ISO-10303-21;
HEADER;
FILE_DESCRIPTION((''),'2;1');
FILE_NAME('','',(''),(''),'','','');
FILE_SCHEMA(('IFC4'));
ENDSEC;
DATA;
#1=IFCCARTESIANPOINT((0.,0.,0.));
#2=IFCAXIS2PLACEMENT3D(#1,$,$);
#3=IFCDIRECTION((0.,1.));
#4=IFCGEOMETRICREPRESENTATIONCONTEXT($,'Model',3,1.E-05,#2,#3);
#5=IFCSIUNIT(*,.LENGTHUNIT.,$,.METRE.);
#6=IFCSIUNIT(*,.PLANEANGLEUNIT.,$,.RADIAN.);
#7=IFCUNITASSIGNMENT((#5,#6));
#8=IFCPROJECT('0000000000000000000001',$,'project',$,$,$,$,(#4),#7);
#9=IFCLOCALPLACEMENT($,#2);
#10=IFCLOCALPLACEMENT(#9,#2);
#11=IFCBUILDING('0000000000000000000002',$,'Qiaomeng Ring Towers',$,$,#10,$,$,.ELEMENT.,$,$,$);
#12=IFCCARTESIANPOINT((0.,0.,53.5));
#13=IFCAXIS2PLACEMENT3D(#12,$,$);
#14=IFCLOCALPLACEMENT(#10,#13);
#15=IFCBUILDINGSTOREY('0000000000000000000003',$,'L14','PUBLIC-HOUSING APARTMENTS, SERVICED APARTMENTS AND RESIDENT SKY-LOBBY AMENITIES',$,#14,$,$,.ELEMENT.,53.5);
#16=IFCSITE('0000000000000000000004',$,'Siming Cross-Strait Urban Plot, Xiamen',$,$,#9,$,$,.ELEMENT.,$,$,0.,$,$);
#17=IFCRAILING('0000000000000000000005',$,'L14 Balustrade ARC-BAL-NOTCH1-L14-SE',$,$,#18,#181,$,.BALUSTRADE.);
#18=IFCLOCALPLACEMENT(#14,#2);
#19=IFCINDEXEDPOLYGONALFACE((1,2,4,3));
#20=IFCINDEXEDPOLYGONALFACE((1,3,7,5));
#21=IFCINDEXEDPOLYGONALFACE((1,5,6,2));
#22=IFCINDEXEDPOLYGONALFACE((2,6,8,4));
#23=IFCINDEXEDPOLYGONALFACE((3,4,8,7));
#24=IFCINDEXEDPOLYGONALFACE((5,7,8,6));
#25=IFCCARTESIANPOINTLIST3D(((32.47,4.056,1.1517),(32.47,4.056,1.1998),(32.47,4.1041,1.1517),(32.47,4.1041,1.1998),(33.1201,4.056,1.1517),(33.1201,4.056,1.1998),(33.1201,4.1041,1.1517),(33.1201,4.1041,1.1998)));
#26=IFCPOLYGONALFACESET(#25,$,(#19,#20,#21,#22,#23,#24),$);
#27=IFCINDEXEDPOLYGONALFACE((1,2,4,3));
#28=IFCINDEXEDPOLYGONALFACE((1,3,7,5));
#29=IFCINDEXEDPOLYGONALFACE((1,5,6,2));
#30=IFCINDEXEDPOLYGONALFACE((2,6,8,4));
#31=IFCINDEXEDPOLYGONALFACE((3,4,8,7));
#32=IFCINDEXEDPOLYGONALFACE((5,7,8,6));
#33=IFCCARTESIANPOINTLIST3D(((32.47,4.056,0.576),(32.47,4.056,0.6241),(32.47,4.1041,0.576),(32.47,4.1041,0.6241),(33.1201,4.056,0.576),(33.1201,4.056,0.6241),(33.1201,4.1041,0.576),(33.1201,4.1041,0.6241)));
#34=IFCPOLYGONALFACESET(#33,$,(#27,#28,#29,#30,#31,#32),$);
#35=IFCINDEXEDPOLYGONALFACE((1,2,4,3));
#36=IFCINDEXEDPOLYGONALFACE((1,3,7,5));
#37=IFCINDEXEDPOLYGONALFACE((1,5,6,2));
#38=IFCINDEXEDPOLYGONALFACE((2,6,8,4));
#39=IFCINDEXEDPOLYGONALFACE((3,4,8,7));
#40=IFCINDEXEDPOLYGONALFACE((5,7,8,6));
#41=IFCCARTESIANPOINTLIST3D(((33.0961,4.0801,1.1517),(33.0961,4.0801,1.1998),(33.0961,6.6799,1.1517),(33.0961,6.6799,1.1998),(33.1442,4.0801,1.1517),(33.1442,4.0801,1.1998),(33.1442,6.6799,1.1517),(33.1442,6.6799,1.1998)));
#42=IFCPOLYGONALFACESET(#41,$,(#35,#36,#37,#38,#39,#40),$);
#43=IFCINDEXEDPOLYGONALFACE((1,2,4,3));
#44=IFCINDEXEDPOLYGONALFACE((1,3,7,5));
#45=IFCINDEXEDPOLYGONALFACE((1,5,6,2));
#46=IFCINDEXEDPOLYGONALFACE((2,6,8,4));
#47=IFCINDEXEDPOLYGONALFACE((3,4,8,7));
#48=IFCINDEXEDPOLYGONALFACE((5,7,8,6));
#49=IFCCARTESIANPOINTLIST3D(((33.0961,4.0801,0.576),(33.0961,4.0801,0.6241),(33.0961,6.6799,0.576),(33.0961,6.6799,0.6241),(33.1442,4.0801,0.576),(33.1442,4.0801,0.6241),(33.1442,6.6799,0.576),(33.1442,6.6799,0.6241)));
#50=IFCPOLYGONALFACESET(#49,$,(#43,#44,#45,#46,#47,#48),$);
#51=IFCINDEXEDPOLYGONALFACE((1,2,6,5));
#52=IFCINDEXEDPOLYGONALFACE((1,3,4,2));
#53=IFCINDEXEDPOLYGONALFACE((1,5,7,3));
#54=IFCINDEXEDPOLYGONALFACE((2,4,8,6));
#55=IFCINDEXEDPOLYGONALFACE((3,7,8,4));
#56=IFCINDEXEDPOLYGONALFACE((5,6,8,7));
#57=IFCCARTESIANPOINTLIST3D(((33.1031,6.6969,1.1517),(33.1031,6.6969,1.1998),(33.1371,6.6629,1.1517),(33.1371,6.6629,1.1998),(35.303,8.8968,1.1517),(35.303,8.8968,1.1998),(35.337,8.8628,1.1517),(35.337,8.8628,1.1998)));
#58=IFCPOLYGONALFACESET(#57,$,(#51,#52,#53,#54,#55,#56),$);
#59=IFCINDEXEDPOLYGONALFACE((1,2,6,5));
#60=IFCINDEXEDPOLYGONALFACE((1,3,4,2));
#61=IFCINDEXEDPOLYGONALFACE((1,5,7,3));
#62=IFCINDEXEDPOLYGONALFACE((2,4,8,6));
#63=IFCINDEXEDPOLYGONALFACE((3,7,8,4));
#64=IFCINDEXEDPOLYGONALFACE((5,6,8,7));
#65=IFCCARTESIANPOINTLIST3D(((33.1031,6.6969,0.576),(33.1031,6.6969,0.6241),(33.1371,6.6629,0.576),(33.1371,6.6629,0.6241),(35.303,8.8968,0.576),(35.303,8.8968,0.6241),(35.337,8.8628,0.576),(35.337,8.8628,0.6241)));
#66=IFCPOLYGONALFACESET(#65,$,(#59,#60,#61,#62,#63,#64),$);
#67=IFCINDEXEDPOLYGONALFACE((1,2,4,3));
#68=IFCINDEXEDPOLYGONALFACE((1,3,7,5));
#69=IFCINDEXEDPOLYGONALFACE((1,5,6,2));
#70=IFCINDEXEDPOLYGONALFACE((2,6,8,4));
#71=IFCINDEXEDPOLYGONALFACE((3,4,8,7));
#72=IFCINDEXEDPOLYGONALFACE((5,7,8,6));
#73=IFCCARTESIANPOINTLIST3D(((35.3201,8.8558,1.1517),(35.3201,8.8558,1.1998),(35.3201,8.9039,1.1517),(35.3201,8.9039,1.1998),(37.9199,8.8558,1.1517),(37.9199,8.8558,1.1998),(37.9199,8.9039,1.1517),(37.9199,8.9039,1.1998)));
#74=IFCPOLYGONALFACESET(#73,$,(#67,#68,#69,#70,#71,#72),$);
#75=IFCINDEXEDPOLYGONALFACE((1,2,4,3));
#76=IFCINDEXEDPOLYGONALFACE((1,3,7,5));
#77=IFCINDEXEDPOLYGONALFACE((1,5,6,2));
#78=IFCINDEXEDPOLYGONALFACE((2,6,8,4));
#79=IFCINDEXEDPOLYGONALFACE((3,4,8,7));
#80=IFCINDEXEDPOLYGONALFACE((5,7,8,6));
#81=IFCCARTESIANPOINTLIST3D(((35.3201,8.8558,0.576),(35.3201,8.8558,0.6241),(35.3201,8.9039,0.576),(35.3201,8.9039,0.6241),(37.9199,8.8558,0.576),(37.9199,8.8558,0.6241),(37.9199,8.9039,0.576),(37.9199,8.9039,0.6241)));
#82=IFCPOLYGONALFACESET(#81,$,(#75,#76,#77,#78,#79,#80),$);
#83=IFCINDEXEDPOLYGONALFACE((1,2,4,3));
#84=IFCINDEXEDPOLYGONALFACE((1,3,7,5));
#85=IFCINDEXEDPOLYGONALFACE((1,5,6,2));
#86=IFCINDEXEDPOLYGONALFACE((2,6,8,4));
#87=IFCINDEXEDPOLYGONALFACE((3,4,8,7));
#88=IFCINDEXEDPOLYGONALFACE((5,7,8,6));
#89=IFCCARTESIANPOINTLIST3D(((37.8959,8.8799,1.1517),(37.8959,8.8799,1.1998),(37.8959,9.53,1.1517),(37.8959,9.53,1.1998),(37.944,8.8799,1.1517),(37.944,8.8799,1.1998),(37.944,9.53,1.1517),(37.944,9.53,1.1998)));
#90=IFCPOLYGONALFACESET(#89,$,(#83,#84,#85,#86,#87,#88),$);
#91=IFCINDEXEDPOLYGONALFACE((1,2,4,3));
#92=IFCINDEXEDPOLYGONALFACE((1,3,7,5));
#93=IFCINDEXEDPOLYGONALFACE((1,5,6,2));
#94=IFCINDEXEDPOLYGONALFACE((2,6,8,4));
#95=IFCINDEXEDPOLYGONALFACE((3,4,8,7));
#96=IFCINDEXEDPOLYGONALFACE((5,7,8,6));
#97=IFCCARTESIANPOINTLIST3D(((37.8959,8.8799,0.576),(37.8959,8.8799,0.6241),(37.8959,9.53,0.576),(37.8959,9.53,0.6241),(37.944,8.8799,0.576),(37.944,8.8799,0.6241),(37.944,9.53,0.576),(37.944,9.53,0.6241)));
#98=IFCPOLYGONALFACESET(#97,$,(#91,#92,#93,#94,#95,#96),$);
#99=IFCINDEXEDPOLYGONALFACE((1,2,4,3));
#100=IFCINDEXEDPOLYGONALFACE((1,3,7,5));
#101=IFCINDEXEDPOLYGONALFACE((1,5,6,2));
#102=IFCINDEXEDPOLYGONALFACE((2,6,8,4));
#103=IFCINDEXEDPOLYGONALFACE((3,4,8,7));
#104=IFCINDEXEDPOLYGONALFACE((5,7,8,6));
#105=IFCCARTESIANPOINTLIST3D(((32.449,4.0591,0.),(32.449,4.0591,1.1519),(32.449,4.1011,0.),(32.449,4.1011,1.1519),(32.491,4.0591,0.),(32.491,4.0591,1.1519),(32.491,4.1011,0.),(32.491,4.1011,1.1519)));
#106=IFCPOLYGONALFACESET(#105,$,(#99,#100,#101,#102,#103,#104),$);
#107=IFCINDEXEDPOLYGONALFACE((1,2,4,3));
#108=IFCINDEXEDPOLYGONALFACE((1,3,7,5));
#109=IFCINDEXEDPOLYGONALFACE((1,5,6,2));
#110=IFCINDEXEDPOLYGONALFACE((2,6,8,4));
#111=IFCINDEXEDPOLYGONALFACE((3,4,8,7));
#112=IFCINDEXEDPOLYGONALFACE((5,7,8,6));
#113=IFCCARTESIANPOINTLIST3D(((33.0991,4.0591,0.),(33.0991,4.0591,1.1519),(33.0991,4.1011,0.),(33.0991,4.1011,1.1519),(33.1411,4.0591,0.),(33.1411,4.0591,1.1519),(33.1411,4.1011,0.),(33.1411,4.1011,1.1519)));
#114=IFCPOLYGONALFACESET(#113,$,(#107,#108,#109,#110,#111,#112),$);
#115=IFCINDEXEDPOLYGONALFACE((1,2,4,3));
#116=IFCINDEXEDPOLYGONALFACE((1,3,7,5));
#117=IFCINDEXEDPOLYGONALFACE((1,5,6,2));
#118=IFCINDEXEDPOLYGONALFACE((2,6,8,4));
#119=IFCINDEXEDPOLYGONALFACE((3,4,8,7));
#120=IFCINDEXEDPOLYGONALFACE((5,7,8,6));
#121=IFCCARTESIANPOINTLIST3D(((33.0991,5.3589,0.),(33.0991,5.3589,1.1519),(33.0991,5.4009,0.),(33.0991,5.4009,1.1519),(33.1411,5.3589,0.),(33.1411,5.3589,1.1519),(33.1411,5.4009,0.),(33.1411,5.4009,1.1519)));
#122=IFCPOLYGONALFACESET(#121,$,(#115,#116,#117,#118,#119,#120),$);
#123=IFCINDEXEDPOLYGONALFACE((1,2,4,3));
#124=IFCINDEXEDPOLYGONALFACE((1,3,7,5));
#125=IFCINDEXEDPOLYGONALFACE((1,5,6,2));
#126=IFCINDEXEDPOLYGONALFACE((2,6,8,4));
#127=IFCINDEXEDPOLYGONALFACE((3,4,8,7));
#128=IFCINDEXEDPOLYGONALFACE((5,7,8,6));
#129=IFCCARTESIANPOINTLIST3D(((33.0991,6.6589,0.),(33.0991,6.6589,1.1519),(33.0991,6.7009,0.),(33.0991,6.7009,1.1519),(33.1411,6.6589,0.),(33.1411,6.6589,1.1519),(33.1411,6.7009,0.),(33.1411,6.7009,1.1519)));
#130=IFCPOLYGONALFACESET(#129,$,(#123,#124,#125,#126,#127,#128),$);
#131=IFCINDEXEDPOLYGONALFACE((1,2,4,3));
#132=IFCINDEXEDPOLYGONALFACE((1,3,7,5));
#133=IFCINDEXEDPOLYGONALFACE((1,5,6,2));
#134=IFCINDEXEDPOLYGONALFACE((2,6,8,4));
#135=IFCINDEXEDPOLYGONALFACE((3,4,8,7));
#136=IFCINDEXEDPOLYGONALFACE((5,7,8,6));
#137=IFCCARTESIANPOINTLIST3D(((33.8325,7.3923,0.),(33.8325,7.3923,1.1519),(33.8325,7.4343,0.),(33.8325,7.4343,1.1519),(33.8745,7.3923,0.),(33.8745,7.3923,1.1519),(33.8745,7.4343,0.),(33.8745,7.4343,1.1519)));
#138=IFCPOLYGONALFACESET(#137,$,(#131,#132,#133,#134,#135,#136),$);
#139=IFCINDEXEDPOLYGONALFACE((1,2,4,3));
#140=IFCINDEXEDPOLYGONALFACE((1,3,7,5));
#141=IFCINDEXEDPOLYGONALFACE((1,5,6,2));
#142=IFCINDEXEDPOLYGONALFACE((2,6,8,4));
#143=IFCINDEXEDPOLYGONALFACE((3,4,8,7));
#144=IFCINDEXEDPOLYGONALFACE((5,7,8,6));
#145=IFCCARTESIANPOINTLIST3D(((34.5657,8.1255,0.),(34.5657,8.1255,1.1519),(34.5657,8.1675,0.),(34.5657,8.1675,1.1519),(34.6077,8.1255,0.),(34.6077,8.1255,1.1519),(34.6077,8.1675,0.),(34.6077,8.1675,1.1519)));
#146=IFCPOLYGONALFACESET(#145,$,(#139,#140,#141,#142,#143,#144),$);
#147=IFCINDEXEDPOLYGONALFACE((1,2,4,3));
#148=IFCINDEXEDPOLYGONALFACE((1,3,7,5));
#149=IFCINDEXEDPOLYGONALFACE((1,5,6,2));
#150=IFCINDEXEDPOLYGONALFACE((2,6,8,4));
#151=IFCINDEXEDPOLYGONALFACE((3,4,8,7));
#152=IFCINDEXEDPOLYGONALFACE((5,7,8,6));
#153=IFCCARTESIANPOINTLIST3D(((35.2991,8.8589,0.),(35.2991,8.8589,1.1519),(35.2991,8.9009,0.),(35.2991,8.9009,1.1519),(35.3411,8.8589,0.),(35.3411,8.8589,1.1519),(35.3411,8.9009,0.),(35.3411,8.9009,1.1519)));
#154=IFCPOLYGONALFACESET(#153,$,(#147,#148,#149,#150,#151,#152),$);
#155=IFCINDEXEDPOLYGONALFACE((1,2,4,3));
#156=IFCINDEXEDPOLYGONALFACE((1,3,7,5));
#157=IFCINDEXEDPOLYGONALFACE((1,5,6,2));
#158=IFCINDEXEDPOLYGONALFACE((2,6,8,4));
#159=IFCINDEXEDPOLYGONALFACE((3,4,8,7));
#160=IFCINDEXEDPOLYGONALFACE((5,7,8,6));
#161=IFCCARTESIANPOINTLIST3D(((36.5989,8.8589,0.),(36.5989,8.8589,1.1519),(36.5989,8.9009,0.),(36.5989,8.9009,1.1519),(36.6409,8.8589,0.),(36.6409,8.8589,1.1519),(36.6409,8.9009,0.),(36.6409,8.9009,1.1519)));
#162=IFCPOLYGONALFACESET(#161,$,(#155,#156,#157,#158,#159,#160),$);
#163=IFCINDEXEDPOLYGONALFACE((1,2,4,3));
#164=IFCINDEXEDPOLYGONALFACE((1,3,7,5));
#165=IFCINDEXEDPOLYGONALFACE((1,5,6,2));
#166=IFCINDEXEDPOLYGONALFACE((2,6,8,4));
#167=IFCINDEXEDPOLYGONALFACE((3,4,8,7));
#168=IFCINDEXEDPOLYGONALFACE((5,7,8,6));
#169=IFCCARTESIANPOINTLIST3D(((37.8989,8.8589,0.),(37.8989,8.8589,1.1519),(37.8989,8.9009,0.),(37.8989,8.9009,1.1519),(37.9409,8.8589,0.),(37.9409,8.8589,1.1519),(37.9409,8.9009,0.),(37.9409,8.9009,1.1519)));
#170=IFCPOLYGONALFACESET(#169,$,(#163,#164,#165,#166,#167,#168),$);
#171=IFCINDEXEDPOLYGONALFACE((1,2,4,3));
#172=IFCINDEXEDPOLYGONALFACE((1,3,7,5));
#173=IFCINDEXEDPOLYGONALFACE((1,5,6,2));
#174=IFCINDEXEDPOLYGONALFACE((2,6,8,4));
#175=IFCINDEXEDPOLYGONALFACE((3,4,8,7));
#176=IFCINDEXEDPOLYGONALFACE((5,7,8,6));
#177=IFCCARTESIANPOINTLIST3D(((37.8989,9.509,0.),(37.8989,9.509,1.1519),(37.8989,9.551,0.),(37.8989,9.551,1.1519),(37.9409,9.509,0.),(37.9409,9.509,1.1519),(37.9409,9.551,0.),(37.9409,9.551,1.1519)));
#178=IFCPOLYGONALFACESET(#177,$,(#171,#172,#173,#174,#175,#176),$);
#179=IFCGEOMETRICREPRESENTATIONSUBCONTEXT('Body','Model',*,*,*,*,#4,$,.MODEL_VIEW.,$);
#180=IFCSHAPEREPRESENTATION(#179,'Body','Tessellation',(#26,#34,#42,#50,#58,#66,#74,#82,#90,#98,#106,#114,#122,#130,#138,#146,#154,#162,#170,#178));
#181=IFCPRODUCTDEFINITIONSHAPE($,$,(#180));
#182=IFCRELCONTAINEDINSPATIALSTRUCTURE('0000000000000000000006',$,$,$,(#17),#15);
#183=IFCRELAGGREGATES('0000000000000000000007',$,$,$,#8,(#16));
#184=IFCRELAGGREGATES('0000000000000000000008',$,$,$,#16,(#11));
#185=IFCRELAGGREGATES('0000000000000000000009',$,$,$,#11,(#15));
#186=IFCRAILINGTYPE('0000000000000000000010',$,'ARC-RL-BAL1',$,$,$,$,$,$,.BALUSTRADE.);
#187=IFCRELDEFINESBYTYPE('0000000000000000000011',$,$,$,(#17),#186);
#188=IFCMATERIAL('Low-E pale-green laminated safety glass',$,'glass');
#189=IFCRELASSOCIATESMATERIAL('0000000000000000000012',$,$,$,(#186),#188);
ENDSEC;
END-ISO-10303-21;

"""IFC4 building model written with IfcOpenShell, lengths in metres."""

from ifc_helpers import new_model, si_unit, direction, frame, origin, origin_2d, place, context, subcontext, project, spatial, rectangle, extrude, material, type_object, element, save


model = new_model("IFC4")

# Units and contexts
model_context = context("Model", 3, precision=1e-05, world=origin(), true_north=direction((0.0, 1.0)))
body_context = subcontext(model_context, "Body", "Model", "MODEL_VIEW")
ifc_project = project(units=[si_unit("LENGTHUNIT", "METRE"), si_unit("PLANEANGLEUNIT", "RADIAN")], contexts=[model_context])

# Site, building, storey
site_placement = place(None, origin())
site = spatial("IfcSite", under=ifc_project, at=site_placement, Name="Siming Cross-Strait Urban Plot, Xiamen", CompositionType="ELEMENT", RefElevation=0.0)
building_placement = place(site_placement, origin())
building = spatial("IfcBuilding", under=site, at=building_placement, Name="Qiaomeng Ring Towers", CompositionType="ELEMENT")
storey_placement = place(building_placement, frame((0.0, 0.0, 53.5)))
storey = spatial("IfcBuildingStorey", under=building, at=storey_placement, Name="L14", Description="PUBLIC-HOUSING APARTMENTS, SERVICED APARTMENTS AND RESIDENT SKY-LOBBY AMENITIES", CompositionType="ELEMENT", Elevation=53.5)

# Railing
ifc_material_1 = material(Name="Low-E pale-green laminated safety glass", Category="glass")
railing_type = type_object("IfcRailingType", Name="ARC-RL-BAL1", PredefinedType="BALUSTRADE", material=ifc_material_1)
railing_placement = place(storey_placement, frame((32.47, 4.0801, 0.0)))
element("IfcRailing", 1, at=railing_placement, inside=storey, type_object=railing_type, Name="L14 Balustrade ARC-BAL-NOTCH1-L14-SE", PredefinedType="BALUSTRADE", context=body_context, shape_type="SweptSolid", body=[
    extrude(rectangle(XDim=0.0481, YDim=0.0481, at=origin_2d()), frame((0.0, 0.0, 1.1758), z_axis=(1.0, 0.0, 0.0), x_axis=(0.0, 1.0, 0.0)), (0.0, 0.0, 1.0), 0.6501),
    extrude(rectangle(XDim=0.0481, YDim=0.0481, at=origin_2d()), frame((0.0, 0.0, 0.6001), z_axis=(1.0, 0.0, 0.0), x_axis=(0.0, 1.0, 0.0)), (0.0, 0.0, 1.0), 0.6501),
    extrude(rectangle(XDim=0.0481, YDim=0.0481, at=origin_2d()), frame((0.6501, 0.0, 1.1758), z_axis=(0.0, 1.0, 0.0), x_axis=(-1.0, 0.0, 0.0)), (0.0, 0.0, 1.0), 2.5999),
    extrude(rectangle(XDim=0.0481, YDim=0.0481, at=origin_2d()), frame((0.6501, 0.0, 0.6001), z_axis=(0.0, 1.0, 0.0), x_axis=(-1.0, 0.0, 0.0)), (0.0, 0.0, 1.0), 2.5999),
    extrude(rectangle(XDim=0.0481, YDim=0.0481, at=origin_2d()), frame((0.6501, 2.5999, 1.1758), z_axis=(0.707107, 0.707107, 0.0), x_axis=(-0.707107, 0.707107, 0.0)), (0.0, 0.0, 1.0), 3.1111),
    extrude(rectangle(XDim=0.0481, YDim=0.0481, at=origin_2d()), frame((0.6501, 2.5999, 0.6001), z_axis=(0.707107, 0.707107, 0.0), x_axis=(-0.707107, 0.707107, 0.0)), (0.0, 0.0, 1.0), 3.1111),
    extrude(rectangle(XDim=0.0481, YDim=0.0481, at=origin_2d()), frame((2.8501, 4.7998, 1.1758), z_axis=(1.0, 0.0, 0.0), x_axis=(0.0, 1.0, 0.0)), (0.0, 0.0, 1.0), 2.5999),
    extrude(rectangle(XDim=0.0481, YDim=0.0481, at=origin_2d()), frame((2.8501, 4.7998, 0.6001), z_axis=(1.0, 0.0, 0.0), x_axis=(0.0, 1.0, 0.0)), (0.0, 0.0, 1.0), 2.5999),
    extrude(rectangle(XDim=0.0481, YDim=0.0481, at=origin_2d()), frame((5.45, 4.7998, 1.1758), z_axis=(0.0, 1.0, 0.0), x_axis=(-1.0, 0.0, 0.0)), (0.0, 0.0, 1.0), 0.6501),
    extrude(rectangle(XDim=0.0481, YDim=0.0481, at=origin_2d()), frame((5.45, 4.7998, 0.6001), z_axis=(0.0, 1.0, 0.0), x_axis=(-1.0, 0.0, 0.0)), (0.0, 0.0, 1.0), 0.6501),
    extrude(rectangle(XDim=0.042, YDim=0.042, at=origin_2d()), origin(), (0.0, 0.0, 1.0), 1.1519),
    extrude(rectangle(XDim=0.042, YDim=0.042, at=origin_2d()), frame((0.6501, 0.0, 0.0)), (0.0, 0.0, 1.0), 1.1519),
    extrude(rectangle(XDim=0.042, YDim=0.042, at=origin_2d()), frame((0.6501, 1.2998, 0.0)), (0.0, 0.0, 1.0), 1.1519),
    extrude(rectangle(XDim=0.042, YDim=0.042, at=origin_2d()), frame((0.6501, 2.5999, 0.0)), (0.0, 0.0, 1.0), 1.1519),
    extrude(rectangle(XDim=0.042, YDim=0.042, at=origin_2d()), frame((1.3835, 3.3333, 0.0)), (0.0, 0.0, 1.0), 1.1519),
    extrude(rectangle(XDim=0.042, YDim=0.042, at=origin_2d()), frame((2.1167, 4.0664, 0.0)), (0.0, 0.0, 1.0), 1.1519),
    extrude(rectangle(XDim=0.042, YDim=0.042, at=origin_2d()), frame((2.8501, 4.7998, 0.0)), (0.0, 0.0, 1.0), 1.1519),
    extrude(rectangle(XDim=0.042, YDim=0.042, at=origin_2d()), frame((4.1499, 4.7998, 0.0)), (0.0, 0.0, 1.0), 1.1519),
    extrude(rectangle(XDim=0.042, YDim=0.042, at=origin_2d()), frame((5.45, 4.7998, 0.0)), (0.0, 0.0, 1.0), 1.1519),
    extrude(rectangle(XDim=0.042, YDim=0.042, at=origin_2d()), frame((5.45, 5.45, 0.0)), (0.0, 0.0, 1.0), 1.1519),
])

save(model, "model.ifc")
